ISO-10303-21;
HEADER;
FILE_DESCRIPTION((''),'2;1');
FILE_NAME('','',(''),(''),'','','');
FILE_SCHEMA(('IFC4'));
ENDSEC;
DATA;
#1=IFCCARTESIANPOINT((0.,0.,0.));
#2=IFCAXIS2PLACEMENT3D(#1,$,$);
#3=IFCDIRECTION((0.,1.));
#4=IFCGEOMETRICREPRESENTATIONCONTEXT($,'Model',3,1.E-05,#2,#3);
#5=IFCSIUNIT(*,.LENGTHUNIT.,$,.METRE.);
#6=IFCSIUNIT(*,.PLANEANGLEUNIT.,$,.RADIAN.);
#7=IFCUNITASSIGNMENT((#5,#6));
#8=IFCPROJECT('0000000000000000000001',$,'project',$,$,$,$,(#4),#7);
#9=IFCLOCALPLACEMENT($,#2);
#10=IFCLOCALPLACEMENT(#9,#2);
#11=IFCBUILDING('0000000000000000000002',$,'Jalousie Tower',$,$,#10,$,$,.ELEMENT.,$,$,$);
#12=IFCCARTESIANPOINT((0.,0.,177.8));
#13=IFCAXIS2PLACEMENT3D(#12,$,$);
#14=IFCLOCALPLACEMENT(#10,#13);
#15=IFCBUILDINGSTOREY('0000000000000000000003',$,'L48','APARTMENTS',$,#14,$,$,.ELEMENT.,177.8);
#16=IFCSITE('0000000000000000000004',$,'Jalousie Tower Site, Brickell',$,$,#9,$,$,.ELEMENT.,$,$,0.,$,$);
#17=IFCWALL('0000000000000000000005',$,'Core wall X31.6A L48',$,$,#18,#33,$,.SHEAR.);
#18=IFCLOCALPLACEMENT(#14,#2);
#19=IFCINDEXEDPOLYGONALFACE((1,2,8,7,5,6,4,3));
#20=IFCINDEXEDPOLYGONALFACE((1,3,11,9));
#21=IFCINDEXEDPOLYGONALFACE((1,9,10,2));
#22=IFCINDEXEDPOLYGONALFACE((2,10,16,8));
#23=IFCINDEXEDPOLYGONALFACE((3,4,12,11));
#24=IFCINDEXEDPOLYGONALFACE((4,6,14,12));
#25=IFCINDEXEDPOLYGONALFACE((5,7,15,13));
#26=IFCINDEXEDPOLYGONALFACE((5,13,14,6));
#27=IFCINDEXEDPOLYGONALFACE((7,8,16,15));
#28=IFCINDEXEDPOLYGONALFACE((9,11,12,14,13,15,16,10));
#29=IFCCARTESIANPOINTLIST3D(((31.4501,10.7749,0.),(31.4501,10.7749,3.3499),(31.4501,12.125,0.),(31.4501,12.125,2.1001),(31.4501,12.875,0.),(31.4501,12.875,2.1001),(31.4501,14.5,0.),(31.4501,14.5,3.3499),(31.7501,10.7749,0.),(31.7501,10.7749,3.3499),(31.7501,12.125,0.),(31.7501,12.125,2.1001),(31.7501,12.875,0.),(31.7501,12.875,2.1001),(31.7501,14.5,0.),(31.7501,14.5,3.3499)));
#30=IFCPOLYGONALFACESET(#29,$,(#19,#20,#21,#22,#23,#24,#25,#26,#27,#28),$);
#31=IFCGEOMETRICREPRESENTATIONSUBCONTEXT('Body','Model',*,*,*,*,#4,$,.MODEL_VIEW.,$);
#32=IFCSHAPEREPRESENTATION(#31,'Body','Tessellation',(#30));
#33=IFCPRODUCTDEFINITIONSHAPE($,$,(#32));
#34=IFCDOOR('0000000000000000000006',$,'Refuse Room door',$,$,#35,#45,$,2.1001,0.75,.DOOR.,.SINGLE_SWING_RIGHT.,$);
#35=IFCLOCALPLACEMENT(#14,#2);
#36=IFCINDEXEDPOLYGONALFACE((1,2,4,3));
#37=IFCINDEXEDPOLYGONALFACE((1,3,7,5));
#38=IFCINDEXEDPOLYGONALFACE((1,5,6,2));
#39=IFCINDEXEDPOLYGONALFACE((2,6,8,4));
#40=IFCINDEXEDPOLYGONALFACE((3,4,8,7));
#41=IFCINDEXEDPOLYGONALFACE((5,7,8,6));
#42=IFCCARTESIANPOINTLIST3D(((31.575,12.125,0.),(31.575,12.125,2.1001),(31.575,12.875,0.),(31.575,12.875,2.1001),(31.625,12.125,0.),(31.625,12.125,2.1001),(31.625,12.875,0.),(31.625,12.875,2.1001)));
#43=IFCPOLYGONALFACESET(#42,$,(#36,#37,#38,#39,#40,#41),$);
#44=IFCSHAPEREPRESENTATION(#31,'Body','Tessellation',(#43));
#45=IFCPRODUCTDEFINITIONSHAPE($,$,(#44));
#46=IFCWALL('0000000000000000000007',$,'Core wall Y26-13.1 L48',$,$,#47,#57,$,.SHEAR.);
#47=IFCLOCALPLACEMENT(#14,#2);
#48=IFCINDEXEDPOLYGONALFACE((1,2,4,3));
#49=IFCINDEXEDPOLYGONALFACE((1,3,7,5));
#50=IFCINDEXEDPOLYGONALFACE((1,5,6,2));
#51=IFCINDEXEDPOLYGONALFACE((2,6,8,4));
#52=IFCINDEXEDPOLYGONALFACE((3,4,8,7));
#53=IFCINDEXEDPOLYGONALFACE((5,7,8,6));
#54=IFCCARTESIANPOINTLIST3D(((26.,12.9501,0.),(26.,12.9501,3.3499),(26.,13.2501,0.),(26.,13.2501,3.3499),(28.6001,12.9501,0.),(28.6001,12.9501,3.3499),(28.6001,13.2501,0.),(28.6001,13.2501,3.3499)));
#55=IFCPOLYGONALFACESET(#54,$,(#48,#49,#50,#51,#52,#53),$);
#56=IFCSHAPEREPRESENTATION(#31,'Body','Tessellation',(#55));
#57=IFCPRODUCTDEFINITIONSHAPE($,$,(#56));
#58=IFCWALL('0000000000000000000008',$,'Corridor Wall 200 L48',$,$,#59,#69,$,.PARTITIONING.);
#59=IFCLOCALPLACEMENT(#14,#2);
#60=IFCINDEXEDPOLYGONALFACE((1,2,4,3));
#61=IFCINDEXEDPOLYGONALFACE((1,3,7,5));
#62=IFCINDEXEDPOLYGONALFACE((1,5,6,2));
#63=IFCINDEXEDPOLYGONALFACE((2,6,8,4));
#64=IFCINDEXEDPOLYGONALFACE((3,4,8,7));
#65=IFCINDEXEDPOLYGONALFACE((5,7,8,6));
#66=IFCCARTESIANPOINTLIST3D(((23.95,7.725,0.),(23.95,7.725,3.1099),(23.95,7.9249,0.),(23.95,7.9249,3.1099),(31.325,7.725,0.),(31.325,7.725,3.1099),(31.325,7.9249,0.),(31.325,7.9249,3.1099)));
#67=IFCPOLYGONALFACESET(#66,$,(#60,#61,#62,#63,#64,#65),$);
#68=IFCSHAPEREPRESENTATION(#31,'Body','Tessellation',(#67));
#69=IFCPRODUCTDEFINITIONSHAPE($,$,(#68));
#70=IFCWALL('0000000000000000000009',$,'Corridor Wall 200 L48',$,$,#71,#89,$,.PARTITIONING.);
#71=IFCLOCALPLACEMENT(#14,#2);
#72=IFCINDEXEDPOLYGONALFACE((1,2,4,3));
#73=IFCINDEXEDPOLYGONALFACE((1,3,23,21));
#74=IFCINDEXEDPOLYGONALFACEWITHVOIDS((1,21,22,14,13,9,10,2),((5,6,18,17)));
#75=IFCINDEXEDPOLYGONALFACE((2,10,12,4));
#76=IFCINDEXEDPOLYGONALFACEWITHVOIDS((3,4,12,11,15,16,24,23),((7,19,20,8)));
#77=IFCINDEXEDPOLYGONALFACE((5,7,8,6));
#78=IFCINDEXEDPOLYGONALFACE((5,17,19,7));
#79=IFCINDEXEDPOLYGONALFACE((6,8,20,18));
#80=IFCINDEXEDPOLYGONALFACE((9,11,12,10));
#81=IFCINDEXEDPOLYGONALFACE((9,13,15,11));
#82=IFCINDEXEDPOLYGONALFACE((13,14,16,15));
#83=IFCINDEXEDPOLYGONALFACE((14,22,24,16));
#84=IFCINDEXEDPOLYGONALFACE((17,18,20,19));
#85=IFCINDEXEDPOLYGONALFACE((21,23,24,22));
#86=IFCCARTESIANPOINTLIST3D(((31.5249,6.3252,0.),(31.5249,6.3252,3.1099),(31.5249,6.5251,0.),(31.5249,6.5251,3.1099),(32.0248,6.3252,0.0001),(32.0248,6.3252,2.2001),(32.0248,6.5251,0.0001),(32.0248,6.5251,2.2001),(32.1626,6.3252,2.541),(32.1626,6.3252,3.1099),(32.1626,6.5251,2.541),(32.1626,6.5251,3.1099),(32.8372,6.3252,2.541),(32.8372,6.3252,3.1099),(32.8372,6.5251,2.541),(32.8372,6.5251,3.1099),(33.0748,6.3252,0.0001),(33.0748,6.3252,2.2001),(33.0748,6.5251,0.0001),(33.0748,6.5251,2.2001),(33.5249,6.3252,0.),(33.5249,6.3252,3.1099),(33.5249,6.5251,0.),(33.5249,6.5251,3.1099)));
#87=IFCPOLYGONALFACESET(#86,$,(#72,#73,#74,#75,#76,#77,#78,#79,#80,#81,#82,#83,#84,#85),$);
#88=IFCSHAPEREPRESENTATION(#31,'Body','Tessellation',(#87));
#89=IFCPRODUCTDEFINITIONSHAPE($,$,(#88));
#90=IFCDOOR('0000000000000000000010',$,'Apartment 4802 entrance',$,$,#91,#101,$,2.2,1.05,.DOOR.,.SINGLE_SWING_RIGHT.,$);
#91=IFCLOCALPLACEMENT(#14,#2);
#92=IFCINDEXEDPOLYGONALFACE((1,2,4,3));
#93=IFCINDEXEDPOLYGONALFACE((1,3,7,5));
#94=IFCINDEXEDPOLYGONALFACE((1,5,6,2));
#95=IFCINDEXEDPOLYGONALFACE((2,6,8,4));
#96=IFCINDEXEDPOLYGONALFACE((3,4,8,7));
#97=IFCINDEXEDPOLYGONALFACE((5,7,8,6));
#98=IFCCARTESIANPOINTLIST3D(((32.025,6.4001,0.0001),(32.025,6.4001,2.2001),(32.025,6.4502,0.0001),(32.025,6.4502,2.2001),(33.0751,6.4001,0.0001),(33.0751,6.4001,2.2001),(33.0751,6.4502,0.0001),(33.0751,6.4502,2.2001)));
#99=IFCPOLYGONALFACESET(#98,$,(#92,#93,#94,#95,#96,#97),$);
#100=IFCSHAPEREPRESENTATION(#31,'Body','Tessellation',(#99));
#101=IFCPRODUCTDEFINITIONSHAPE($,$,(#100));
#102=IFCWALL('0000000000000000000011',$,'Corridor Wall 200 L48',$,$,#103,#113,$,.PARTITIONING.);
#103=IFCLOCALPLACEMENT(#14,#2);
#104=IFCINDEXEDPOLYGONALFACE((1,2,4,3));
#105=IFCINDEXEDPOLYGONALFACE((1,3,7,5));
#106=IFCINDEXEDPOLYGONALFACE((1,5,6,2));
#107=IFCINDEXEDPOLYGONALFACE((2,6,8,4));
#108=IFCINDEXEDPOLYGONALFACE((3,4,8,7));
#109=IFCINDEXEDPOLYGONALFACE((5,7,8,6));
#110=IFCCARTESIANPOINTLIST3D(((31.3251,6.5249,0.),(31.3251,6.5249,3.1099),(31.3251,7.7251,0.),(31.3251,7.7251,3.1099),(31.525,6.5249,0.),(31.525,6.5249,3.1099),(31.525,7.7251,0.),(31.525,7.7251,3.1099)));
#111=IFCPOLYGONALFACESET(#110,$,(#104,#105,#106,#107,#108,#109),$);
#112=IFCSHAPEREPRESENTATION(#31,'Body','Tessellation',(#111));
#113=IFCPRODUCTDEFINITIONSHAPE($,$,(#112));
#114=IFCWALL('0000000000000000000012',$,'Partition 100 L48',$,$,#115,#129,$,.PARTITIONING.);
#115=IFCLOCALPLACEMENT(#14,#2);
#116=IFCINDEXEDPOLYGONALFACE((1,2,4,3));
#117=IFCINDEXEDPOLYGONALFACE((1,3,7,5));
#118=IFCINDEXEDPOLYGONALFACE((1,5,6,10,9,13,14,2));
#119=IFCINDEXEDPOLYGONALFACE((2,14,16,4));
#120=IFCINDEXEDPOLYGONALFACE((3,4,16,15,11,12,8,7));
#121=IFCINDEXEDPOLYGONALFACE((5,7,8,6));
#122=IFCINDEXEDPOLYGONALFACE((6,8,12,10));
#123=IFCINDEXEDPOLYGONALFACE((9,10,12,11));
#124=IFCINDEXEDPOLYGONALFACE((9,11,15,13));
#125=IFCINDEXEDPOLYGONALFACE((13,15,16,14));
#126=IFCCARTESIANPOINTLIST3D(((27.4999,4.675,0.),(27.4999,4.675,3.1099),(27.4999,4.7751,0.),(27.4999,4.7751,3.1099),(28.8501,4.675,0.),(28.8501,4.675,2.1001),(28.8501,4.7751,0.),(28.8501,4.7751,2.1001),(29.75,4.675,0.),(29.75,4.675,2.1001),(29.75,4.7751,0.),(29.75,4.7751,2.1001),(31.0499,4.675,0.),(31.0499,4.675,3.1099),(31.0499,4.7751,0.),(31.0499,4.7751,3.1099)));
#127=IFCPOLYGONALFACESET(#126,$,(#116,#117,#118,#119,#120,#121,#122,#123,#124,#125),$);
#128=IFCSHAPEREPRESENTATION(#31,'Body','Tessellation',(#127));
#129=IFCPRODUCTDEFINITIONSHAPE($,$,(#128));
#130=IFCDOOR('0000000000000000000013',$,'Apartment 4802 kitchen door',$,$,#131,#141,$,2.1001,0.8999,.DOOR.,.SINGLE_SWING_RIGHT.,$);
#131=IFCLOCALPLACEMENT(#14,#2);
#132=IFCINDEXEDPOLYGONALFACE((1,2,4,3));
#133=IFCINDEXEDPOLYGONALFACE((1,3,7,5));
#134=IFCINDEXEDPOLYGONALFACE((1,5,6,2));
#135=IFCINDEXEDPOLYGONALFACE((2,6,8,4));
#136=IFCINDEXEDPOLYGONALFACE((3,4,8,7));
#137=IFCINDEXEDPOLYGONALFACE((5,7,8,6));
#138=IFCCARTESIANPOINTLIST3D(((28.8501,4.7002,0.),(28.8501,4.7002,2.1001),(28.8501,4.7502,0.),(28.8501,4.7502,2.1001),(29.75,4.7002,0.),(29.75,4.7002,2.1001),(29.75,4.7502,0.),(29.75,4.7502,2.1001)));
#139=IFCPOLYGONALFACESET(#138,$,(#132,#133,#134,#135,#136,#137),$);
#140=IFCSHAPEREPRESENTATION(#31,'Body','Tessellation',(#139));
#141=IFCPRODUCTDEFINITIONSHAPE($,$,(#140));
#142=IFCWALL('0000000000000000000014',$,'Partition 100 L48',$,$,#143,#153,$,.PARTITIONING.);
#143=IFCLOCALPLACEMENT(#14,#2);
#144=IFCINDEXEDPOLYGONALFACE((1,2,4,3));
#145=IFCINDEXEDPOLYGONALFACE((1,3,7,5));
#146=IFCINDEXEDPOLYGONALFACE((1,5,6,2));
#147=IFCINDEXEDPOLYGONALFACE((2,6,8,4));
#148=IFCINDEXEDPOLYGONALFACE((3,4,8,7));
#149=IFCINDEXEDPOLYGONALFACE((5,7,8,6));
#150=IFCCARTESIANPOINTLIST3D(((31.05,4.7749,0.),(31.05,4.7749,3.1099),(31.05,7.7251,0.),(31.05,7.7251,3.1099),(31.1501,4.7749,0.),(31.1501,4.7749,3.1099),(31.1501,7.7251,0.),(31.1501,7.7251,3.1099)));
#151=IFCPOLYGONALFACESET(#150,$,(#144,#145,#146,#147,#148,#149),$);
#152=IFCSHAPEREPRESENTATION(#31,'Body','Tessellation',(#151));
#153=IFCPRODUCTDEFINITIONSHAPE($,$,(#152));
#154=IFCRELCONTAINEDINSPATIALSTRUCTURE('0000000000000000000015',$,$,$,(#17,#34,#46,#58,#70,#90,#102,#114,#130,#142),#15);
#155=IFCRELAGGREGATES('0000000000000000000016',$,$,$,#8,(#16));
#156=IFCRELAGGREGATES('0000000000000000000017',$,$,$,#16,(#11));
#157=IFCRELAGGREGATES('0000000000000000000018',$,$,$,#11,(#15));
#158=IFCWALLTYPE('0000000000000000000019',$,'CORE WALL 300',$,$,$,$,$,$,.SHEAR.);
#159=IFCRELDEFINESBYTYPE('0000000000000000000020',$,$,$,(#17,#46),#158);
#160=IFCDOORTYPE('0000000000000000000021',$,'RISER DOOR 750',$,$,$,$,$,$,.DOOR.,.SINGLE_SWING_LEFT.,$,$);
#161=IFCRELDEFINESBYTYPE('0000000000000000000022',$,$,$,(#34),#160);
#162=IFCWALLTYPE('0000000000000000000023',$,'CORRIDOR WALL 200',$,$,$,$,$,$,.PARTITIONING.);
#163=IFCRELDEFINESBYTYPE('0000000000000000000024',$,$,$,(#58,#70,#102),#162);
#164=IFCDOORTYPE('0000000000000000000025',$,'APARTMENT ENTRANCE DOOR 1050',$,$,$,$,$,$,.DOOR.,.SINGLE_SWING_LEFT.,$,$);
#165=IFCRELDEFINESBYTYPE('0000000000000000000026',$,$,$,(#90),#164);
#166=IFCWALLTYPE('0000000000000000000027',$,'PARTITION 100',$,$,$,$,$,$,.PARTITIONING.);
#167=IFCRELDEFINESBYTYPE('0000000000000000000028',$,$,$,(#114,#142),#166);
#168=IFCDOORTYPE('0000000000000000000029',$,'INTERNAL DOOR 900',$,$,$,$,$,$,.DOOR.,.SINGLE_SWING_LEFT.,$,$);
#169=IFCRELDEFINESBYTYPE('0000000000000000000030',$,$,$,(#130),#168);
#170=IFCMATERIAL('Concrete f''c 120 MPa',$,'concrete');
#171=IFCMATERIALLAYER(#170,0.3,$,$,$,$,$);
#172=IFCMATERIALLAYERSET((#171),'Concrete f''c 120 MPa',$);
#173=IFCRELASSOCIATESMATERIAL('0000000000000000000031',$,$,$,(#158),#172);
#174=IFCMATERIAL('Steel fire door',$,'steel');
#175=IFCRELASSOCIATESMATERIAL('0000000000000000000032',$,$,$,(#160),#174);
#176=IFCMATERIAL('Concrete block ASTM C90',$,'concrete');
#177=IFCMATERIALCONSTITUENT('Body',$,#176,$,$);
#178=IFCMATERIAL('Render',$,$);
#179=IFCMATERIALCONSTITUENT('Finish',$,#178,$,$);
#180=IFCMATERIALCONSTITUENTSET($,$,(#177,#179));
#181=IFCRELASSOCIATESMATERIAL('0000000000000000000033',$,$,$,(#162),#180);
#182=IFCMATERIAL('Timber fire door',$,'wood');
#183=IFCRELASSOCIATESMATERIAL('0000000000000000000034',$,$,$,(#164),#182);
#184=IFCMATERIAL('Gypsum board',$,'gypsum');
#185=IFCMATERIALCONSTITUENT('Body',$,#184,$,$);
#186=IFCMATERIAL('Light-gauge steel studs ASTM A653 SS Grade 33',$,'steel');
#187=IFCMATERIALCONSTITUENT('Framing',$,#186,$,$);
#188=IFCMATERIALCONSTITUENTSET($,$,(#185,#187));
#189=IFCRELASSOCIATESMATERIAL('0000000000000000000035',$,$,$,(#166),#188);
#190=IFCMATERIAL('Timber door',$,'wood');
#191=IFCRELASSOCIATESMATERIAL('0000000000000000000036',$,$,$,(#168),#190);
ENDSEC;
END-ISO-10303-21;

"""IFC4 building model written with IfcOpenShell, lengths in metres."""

from ifc_helpers import new_model, si_unit, direction, frame, frame_2d, origin, place, context, subcontext, project, spatial, polyline, rectangle, outline, extrude, material, layer, layer_set, constituent, constituent_set, type_object, element, fill, save


model = new_model("IFC4")

# Units and contexts
model_context = context("Model", 3, precision=1e-05, world=origin(), true_north=direction((0.0, 1.0)))
body_context = subcontext(model_context, "Body", "Model", "MODEL_VIEW")
ifc_project = project(units=[si_unit("LENGTHUNIT", "METRE"), si_unit("PLANEANGLEUNIT", "RADIAN")], contexts=[model_context])

# Site, building, storey
site_placement = place(None, origin())
site = spatial("IfcSite", under=ifc_project, at=site_placement, Name="Jalousie Tower Site, Brickell", CompositionType="ELEMENT", RefElevation=0.0)
building_placement = place(site_placement, origin())
building = spatial("IfcBuilding", under=site, at=building_placement, Name="Jalousie Tower", CompositionType="ELEMENT")
storey_placement = place(building_placement, frame((0.0, 0.0, 177.8)))
storey = spatial("IfcBuildingStorey", under=building, at=storey_placement, Name="L48", Description="APARTMENTS", CompositionType="ELEMENT", Elevation=177.8)

# Shared definitions
ifc_material_1 = material(Name="Concrete f'c 120 MPa", Category="concrete")
ifc_layer_1 = layer(ifc_material_1, 0.3)
ifc_layer_set_1 = layer_set([ifc_layer_1], Name="Concrete f'c 120 MPa")
wall_type_1 = type_object("IfcWallType", Name="CORE WALL 300", PredefinedType="SHEAR", material=ifc_layer_set_1)

# Wall, opening, door
wall_1_placement = place(storey_placement, frame((31.6001, 10.7749, 0.0), z_axis=(0.0, 0.0, 1.0), x_axis=(0.0, 1.0, 0.0)))
wall_1 = element("IfcWall", 1, at=wall_1_placement, inside=storey, type_object=wall_type_1, Name="Core wall X31.6A L48", PredefinedType="SHEAR", context=body_context, shape_type="SweptSolid", body=[
    extrude(rectangle(XDim=3.7251, YDim=0.3, at=frame_2d((1.8625, 0.0))), origin(), (0.0, 0.0, 1.0), 3.3499),
])
opening_1_placement = place(wall_1_placement, frame((1.3501, 0.0, 0.0)))
opening_1 = element("IfcOpeningElement", 2, at=opening_1_placement, cuts=wall_1, PredefinedType="OPENING", context=body_context, shape_type="SweptSolid", body=[
    extrude(rectangle(XDim=0.75, YDim=2.1001, at=frame_2d((0.375, 1.05))), frame((0.0, 0.1599, 0.0), z_axis=(0.0, -1.0, 0.0), x_axis=(1.0, 0.0, 0.0)), (0.0, 0.0, 1.0), 0.3201),
])
ifc_material_2 = material(Name="Steel fire door", Category="steel")
door_type_1 = type_object("IfcDoorType", Name="RISER DOOR 750", OperationType="SINGLE_SWING_LEFT", PredefinedType="DOOR", material=ifc_material_2)
door_1_placement = place(opening_1_placement, frame((0.75, 0.0, 0.0), z_axis=(0.0, 0.0, 1.0), x_axis=(-1.0, 0.0, 0.0)))
door_1 = element("IfcDoor", 3, at=door_1_placement, inside=storey, type_object=door_type_1, Name="Refuse Room door", OperationType="SINGLE_SWING_RIGHT", OverallHeight=2.1001, OverallWidth=0.75, PredefinedType="DOOR", context=body_context, shape_type="SweptSolid", body=[
    extrude(rectangle(XDim=0.75, YDim=2.1001, at=frame_2d((0.375, 1.05))), frame((0.0, 0.0249, 0.0), z_axis=(0.0, -1.0, 0.0), x_axis=(1.0, 0.0, 0.0)), (0.0, 0.0, 1.0), 0.05),
])
fill(opening_1, door_1)

# Walls
wall_2_placement = place(storey_placement, frame((26.0, 13.1001, 0.0), z_axis=(0.0, 0.0, 1.0), x_axis=(1.0, 0.0, 0.0)))
element("IfcWall", 4, at=wall_2_placement, inside=storey, type_object=wall_type_1, Name="Core wall Y26-13.1 L48", PredefinedType="SHEAR", context=body_context, shape_type="SweptSolid", body=[
    extrude(rectangle(XDim=2.6001, YDim=0.3, at=frame_2d((1.3, 0.0))), origin(), (0.0, 0.0, 1.0), 3.3499),
])
ifc_material_3 = material(Name="Concrete block ASTM C90", Category="concrete")
ifc_constituent_1 = constituent(ifc_material_3, Name="Body")
ifc_material_4 = material(Name="Render")
ifc_constituent_2 = constituent(ifc_material_4, Name="Finish")
ifc_constituent_set_1 = constituent_set(constituents=[ifc_constituent_1, ifc_constituent_2])
wall_type_2 = type_object("IfcWallType", Name="CORRIDOR WALL 200", PredefinedType="PARTITIONING", material=ifc_constituent_set_1)
wall_3_placement = place(storey_placement, frame((23.95, 7.825, 0.0), z_axis=(0.0, 0.0, 1.0), x_axis=(1.0, 0.0, 0.0)))
element("IfcWall", 5, at=wall_3_placement, inside=storey, type_object=wall_type_2, Name="Corridor Wall 200 L48", PredefinedType="PARTITIONING", context=body_context, shape_type="SweptSolid", body=[
    extrude(rectangle(XDim=7.375, YDim=0.2, at=frame_2d((3.6875, 0.0))), origin(), (0.0, 0.0, 1.0), 3.1099),
])

# Wall, opening, door
wall_4_placement = place(storey_placement, frame((31.5249, 6.425, 0.0), z_axis=(0.0, 0.0, 1.0), x_axis=(1.0, 0.0, 0.0)))
wall_4 = element("IfcWall", 6, at=wall_4_placement, inside=storey, type_object=wall_type_2, Name="Corridor Wall 200 L48", PredefinedType="PARTITIONING", context=body_context, shape_type="SweptSolid", body=[
    extrude(outline(polyline([(0.0, 0.0), (2.0, 0.0), (2.0, 3.1099), (1.3123, 3.1099), (1.3123, 2.541), (0.6377, 2.541), (0.6377, 3.1099), (0.0, 3.1099), (0.0, 0.0)])), frame((0.0, 0.1001, 0.0), z_axis=(0.0, -1.0, 0.0), x_axis=(1.0, 0.0, 0.0)), (0.0, 0.0, 1.0), 0.2),
])
opening_2_placement = place(wall_4_placement, frame((0.5, 0.0, 0.0)))
opening_2 = element("IfcOpeningElement", 7, at=opening_2_placement, cuts=wall_4, PredefinedType="OPENING", context=body_context, shape_type="SweptSolid", body=[
    extrude(rectangle(XDim=1.05, YDim=2.2, at=frame_2d((0.5249, 1.1001))), frame((0.0, 0.1099, 0.0), z_axis=(0.0, -1.0, 0.0), x_axis=(1.0, 0.0, 0.0)), (0.0, 0.0, 1.0), 0.22),
])
ifc_material_5 = material(Name="Timber fire door", Category="wood")
door_type_2 = type_object("IfcDoorType", Name="APARTMENT ENTRANCE DOOR 1050", OperationType="SINGLE_SWING_LEFT", PredefinedType="DOOR", material=ifc_material_5)
door_2_placement = place(opening_2_placement, frame((1.05, 0.0, 0.0), z_axis=(0.0, 0.0, 1.0), x_axis=(-1.0, 0.0, 0.0)))
door_2 = element("IfcDoor", 8, at=door_2_placement, inside=storey, type_object=door_type_2, Name="Apartment 4802 entrance", OperationType="SINGLE_SWING_RIGHT", OverallHeight=2.2, OverallWidth=1.05, PredefinedType="DOOR", context=body_context, shape_type="SweptSolid", body=[
    extrude(rectangle(XDim=1.05, YDim=2.2, at=frame_2d((0.5249, 1.1001))), frame((0.0, 0.0249, 0.0), z_axis=(0.0, -1.0, 0.0), x_axis=(1.0, 0.0, 0.0)), (0.0, 0.0, 1.0), 0.05),
])
fill(opening_2, door_2)

# Wall
wall_5_placement = place(storey_placement, frame((31.425, 7.7251, 0.0), z_axis=(0.0, 0.0, 1.0), x_axis=(0.0, -1.0, 0.0)))
element("IfcWall", 9, at=wall_5_placement, inside=storey, type_object=wall_type_2, Name="Corridor Wall 200 L48", PredefinedType="PARTITIONING", context=body_context, shape_type="SweptSolid", body=[
    extrude(rectangle(XDim=1.2002, YDim=0.2, at=frame_2d((0.6001, 0.0))), origin(), (0.0, 0.0, 1.0), 3.1099),
])

# Wall, opening, door
ifc_material_6 = material(Name="Gypsum board", Category="gypsum")
ifc_constituent_3 = constituent(ifc_material_6, Name="Body")
ifc_material_7 = material(Name="Light-gauge steel studs ASTM A653 SS Grade 33", Category="steel")
ifc_constituent_4 = constituent(ifc_material_7, Name="Framing")
ifc_constituent_set_2 = constituent_set(constituents=[ifc_constituent_3, ifc_constituent_4])
wall_type_3 = type_object("IfcWallType", Name="PARTITION 100", PredefinedType="PARTITIONING", material=ifc_constituent_set_2)
wall_6_placement = place(storey_placement, frame((27.5, 4.7251, 0.0), z_axis=(0.0, 0.0, 1.0), x_axis=(1.0, 0.0, 0.0)))
wall_6 = element("IfcWall", 10, at=wall_6_placement, inside=storey, type_object=wall_type_3, Name="Partition 100 L48", PredefinedType="PARTITIONING", context=body_context, shape_type="SweptSolid", body=[
    extrude(rectangle(XDim=3.55, YDim=0.1001, at=frame_2d((1.7749, 0.0))), origin(), (0.0, 0.0, 1.0), 3.1099),
])
opening_3_placement = place(wall_6_placement, frame((1.3501, 0.0, 0.0)))
opening_3 = element("IfcOpeningElement", 11, at=opening_3_placement, cuts=wall_6, PredefinedType="OPENING", context=body_context, shape_type="SweptSolid", body=[
    extrude(rectangle(XDim=0.8999, YDim=2.1001, at=frame_2d((0.45, 1.05))), frame((0.0, 0.0601, 0.0), z_axis=(0.0, -1.0, 0.0), x_axis=(1.0, 0.0, 0.0)), (0.0, 0.0, 1.0), 0.1201),
])
ifc_material_8 = material(Name="Timber door", Category="wood")
door_type_3 = type_object("IfcDoorType", Name="INTERNAL DOOR 900", OperationType="SINGLE_SWING_LEFT", PredefinedType="DOOR", material=ifc_material_8)
door_3_placement = place(opening_3_placement, frame((0.8999, 0.0, 0.0), z_axis=(0.0, 0.0, 1.0), x_axis=(-1.0, 0.0, 0.0)))
door_3 = element("IfcDoor", 12, at=door_3_placement, inside=storey, type_object=door_type_3, Name="Apartment 4802 kitchen door", OperationType="SINGLE_SWING_RIGHT", OverallHeight=2.1001, OverallWidth=0.8999, PredefinedType="DOOR", context=body_context, shape_type="SweptSolid", body=[
    extrude(rectangle(XDim=0.8999, YDim=2.1001, at=frame_2d((0.45, 1.05))), frame((0.0, 0.0249, 0.0), z_axis=(0.0, -1.0, 0.0), x_axis=(1.0, 0.0, 0.0)), (0.0, 0.0, 1.0), 0.05),
])
fill(opening_3, door_3)

# Wall
wall_7_placement = place(storey_placement, frame((31.1001, 4.7749, 0.0), z_axis=(0.0, 0.0, 1.0), x_axis=(0.0, 1.0, 0.0)))
element("IfcWall", 13, at=wall_7_placement, inside=storey, type_object=wall_type_3, Name="Partition 100 L48", PredefinedType="PARTITIONING", context=body_context, shape_type="SweptSolid", body=[
    extrude(rectangle(XDim=2.9502, YDim=0.1001, at=frame_2d((1.4751, 0.0))), origin(), (0.0, 0.0, 1.0), 3.1099),
])

save(model, "model.ifc")
